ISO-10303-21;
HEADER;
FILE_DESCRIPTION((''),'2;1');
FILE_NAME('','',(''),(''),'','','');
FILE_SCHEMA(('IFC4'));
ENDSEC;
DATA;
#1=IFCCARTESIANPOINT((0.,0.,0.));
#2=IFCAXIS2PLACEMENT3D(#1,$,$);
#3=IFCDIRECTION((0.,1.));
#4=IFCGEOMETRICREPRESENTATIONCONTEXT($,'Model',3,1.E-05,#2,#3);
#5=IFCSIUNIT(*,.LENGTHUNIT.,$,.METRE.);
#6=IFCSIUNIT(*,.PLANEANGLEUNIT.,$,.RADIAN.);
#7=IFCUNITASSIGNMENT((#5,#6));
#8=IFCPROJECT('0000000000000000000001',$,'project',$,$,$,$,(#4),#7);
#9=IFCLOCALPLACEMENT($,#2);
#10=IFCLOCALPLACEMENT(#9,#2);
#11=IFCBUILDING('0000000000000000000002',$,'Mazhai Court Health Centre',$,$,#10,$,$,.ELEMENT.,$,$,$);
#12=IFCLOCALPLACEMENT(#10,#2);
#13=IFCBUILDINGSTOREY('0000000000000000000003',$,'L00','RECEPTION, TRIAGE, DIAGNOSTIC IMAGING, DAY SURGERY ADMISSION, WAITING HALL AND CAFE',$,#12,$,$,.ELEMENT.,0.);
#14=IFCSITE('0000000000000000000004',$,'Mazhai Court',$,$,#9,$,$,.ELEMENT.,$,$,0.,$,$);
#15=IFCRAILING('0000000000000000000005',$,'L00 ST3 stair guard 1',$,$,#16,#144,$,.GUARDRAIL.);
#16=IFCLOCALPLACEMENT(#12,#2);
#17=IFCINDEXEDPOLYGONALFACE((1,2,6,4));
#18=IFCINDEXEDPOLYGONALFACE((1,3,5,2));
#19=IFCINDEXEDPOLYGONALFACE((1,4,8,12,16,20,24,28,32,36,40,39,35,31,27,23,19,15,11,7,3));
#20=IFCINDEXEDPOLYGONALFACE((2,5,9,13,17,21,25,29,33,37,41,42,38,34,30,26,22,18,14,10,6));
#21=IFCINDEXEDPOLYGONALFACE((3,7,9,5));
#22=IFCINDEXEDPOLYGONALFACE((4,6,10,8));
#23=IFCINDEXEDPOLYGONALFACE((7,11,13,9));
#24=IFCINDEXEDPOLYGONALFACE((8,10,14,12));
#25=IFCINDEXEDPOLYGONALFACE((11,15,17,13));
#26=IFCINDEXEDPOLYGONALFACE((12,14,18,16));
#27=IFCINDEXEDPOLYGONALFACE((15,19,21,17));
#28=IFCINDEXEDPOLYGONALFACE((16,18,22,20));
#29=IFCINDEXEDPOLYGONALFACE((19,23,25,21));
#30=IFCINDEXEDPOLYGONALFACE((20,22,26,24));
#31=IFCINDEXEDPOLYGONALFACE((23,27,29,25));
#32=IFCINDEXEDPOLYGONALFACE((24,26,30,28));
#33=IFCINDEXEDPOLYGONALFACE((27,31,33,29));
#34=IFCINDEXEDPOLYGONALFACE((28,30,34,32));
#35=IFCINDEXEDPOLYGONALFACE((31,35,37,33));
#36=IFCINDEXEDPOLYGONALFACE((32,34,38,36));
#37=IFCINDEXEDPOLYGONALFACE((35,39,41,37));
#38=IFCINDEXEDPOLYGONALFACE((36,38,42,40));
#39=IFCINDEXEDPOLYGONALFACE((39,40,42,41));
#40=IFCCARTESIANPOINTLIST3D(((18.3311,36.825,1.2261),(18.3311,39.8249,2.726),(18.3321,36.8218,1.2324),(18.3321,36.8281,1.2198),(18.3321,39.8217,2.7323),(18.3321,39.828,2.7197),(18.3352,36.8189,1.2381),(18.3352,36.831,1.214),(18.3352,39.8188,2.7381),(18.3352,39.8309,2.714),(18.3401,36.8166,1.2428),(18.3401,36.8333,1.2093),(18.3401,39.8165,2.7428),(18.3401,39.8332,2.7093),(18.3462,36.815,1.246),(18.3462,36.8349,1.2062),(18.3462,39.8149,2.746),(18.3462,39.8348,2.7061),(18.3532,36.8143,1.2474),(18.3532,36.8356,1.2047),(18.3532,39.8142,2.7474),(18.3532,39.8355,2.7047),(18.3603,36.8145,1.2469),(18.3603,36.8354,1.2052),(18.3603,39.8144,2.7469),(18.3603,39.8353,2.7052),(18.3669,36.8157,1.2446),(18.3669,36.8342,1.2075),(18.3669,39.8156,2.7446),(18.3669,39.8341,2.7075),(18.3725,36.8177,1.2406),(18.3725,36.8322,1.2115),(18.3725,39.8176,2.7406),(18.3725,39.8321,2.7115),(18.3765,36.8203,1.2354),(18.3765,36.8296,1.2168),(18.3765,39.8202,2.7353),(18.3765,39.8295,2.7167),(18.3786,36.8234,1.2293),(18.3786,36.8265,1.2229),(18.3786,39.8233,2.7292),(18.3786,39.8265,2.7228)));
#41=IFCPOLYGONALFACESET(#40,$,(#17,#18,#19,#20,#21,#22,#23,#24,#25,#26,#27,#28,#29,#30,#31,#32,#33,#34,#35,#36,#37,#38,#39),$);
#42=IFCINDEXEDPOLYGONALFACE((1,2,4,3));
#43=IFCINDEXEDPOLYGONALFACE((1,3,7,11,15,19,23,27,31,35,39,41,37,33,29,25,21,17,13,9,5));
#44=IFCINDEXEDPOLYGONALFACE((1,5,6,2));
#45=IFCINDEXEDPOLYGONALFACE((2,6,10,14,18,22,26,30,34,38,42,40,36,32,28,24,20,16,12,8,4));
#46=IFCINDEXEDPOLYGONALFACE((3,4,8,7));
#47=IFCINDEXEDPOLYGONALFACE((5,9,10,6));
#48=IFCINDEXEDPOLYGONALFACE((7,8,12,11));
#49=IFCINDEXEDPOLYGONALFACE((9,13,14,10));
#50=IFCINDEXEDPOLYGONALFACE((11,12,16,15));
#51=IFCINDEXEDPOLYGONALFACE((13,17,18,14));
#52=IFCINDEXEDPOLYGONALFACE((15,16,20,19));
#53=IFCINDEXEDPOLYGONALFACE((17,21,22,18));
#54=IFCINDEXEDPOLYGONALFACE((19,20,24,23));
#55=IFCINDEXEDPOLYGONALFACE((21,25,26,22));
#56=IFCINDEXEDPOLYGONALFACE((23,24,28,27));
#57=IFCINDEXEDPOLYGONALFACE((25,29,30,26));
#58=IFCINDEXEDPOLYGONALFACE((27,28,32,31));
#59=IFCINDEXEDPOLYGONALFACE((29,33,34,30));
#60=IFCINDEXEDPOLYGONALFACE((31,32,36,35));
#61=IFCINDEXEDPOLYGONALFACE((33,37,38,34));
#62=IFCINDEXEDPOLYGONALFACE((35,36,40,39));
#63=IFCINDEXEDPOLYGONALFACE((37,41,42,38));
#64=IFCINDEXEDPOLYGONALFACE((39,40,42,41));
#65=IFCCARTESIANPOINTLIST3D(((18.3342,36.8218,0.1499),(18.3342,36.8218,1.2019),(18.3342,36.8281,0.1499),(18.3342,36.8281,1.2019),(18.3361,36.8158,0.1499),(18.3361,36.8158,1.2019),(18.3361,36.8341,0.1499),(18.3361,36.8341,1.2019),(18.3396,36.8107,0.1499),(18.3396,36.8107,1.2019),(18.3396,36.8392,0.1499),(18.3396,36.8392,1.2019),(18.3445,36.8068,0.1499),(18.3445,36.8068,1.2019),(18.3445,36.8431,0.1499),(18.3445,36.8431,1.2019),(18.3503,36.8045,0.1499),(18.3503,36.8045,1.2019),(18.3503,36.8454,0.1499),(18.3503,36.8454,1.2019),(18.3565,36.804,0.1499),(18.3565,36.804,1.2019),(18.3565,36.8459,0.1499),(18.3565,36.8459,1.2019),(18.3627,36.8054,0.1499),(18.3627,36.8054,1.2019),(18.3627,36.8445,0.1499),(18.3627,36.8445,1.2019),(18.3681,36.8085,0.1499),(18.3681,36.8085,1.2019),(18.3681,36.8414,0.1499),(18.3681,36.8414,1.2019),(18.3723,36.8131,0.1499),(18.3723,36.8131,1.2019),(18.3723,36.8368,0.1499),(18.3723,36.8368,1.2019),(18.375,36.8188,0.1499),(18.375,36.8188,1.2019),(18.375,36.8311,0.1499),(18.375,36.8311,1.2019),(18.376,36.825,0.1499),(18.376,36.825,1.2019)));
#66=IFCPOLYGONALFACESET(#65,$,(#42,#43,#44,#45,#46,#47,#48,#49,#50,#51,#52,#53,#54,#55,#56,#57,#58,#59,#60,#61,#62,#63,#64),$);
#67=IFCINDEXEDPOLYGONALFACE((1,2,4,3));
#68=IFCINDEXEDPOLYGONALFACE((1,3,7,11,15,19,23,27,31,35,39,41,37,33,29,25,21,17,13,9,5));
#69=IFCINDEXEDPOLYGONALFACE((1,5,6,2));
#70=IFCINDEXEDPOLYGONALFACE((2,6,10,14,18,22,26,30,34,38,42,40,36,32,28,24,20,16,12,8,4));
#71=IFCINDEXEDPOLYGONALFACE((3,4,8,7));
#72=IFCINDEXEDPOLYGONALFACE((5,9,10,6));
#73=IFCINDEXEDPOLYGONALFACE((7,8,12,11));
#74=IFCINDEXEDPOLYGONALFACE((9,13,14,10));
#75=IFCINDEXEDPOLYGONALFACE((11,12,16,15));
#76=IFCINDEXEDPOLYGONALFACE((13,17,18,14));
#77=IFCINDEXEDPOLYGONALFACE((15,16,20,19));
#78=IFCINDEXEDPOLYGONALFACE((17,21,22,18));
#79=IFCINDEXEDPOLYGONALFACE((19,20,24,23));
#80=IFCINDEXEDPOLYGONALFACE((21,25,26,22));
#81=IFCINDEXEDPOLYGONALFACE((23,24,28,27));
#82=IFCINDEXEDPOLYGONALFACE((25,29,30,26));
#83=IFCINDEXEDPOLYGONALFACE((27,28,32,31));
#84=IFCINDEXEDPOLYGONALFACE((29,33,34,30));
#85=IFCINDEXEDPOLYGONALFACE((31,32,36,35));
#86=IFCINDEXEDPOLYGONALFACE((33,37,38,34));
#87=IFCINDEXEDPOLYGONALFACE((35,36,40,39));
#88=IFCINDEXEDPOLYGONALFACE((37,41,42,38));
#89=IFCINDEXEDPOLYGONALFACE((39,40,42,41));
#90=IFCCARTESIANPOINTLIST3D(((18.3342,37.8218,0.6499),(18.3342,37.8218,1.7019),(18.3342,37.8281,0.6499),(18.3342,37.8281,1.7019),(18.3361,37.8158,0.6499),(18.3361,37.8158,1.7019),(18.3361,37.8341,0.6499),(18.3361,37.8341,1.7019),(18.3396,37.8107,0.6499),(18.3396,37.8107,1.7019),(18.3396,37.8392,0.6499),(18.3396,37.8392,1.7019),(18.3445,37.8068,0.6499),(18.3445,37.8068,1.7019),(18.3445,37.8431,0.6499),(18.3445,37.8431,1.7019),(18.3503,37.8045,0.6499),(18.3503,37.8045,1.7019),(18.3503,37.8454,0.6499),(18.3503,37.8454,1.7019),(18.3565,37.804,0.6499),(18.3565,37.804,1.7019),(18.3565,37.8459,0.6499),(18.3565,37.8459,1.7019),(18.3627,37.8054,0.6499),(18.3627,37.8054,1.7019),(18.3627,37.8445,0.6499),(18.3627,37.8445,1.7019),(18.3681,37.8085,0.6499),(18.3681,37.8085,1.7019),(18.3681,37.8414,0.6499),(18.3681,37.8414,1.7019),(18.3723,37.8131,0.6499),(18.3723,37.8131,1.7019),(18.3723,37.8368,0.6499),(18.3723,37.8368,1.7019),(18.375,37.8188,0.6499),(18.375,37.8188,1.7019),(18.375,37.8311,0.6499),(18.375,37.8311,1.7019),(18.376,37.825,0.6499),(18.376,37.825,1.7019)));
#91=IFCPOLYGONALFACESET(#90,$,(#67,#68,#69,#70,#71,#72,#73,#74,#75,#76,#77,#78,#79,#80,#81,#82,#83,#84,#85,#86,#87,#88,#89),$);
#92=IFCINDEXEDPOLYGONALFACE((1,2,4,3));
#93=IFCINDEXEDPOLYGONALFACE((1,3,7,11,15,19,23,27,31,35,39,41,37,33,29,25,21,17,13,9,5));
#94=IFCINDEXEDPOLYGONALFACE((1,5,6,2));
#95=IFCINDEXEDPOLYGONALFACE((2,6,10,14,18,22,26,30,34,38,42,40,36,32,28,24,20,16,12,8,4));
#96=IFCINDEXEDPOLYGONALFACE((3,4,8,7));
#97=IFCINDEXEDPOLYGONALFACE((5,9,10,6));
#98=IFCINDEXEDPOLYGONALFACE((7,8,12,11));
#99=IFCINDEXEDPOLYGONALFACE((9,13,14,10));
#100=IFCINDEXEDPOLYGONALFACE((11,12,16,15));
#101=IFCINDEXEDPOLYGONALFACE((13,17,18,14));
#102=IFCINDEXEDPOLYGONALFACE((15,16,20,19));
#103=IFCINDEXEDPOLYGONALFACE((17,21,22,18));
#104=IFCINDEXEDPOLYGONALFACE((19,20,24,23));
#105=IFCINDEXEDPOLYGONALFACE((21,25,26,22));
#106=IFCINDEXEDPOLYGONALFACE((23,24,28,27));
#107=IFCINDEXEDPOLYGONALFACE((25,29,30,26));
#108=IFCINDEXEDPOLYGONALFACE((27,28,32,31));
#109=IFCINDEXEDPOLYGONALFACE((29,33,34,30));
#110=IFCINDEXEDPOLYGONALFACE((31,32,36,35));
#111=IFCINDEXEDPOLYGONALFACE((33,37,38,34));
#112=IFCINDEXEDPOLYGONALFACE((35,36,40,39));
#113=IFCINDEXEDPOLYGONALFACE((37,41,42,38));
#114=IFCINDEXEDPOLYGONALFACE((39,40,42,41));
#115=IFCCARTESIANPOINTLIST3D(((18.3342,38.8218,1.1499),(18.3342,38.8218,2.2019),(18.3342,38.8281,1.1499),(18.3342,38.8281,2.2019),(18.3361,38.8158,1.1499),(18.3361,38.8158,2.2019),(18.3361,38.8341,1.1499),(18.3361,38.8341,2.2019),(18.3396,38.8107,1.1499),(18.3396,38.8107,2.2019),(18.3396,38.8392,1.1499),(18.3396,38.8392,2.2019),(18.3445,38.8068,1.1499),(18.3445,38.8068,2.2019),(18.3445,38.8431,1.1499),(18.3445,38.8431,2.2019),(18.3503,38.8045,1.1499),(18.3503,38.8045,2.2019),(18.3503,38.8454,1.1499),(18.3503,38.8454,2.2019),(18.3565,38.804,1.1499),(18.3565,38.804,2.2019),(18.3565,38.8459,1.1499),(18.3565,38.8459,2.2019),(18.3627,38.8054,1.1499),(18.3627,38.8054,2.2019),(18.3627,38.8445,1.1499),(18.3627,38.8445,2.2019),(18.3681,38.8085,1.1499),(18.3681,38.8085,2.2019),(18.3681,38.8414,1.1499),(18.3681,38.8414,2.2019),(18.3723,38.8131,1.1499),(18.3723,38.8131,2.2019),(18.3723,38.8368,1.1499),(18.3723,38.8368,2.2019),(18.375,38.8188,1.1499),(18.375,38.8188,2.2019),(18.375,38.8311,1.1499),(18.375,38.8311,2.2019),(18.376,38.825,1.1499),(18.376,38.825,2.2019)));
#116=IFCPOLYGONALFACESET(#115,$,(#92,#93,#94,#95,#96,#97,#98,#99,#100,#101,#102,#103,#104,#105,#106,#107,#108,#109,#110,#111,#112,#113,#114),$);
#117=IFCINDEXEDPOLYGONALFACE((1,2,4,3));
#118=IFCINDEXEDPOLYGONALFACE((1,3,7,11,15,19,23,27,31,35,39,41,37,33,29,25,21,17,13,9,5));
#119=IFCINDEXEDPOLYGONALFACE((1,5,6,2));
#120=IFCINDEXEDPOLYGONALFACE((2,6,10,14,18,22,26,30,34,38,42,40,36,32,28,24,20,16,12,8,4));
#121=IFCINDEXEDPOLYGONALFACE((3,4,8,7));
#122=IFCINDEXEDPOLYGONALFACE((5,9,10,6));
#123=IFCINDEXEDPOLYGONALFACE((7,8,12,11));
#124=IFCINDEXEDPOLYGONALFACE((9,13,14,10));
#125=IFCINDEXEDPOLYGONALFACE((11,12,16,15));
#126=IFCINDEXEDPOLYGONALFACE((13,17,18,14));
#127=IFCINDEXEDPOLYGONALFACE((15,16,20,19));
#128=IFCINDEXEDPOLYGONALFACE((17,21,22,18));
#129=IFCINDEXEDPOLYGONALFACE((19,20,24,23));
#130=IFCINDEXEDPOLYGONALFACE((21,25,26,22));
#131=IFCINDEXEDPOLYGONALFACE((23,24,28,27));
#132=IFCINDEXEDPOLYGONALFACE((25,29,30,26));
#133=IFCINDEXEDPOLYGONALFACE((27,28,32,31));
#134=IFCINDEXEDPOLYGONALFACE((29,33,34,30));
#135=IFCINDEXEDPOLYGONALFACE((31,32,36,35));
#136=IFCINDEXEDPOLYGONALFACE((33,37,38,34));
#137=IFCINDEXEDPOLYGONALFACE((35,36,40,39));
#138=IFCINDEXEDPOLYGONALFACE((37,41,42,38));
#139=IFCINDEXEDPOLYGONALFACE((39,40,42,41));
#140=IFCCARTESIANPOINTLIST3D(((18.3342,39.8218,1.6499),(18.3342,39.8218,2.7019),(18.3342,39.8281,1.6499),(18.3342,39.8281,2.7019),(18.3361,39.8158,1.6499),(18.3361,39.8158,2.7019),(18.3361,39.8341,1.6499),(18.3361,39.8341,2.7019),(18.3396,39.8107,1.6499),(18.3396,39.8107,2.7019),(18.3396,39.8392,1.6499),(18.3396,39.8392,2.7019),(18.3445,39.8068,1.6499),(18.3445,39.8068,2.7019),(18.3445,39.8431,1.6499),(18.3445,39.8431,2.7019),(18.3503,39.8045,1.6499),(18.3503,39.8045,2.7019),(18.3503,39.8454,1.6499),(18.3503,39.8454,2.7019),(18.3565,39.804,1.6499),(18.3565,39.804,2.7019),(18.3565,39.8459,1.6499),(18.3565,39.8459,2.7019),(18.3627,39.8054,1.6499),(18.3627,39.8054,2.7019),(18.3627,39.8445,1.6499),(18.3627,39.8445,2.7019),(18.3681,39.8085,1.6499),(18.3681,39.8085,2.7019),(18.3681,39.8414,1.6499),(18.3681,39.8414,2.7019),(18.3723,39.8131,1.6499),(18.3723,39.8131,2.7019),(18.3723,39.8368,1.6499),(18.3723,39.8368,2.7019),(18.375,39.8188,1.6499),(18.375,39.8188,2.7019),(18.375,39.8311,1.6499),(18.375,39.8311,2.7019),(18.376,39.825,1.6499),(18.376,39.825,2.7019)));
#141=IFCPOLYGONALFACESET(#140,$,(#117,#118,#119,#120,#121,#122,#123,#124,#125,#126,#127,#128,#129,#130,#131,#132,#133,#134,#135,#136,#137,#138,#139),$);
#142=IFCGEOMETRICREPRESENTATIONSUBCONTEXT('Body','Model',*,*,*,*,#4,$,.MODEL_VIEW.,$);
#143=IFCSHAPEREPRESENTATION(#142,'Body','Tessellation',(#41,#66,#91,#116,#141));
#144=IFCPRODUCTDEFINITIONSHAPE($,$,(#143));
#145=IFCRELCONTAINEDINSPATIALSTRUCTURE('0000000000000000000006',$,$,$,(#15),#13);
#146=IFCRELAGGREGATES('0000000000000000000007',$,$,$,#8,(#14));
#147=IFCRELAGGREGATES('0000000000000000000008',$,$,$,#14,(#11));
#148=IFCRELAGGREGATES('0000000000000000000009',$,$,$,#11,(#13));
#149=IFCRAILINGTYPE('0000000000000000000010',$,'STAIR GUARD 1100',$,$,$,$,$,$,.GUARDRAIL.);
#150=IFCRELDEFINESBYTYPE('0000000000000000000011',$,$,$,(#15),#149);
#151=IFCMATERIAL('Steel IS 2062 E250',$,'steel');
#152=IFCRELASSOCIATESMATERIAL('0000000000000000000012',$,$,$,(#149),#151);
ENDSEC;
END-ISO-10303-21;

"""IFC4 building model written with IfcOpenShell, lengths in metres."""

from ifc_helpers import new_model, si_unit, direction, frame, origin, origin_2d, place, context, subcontext, project, spatial, circle, extrude, material, type_object, element, save


model = new_model("IFC4")

# Units and contexts
model_context = context("Model", 3, precision=1e-05, world=origin(), true_north=direction((0.0, 1.0)))
body_context = subcontext(model_context, "Body", "Model", "MODEL_VIEW")
ifc_project = project(units=[si_unit("LENGTHUNIT", "METRE"), si_unit("PLANEANGLEUNIT", "RADIAN")], contexts=[model_context])

# Site, building, storey
site_placement = place(None, origin())
site = spatial("IfcSite", under=ifc_project, at=site_placement, Name="Mazhai Court", CompositionType="ELEMENT", RefElevation=0.0)
building_placement = place(site_placement, origin())
building = spatial("IfcBuilding", under=site, at=building_placement, Name="Mazhai Court Health Centre", CompositionType="ELEMENT")
storey_placement = place(building_placement, origin())
storey = spatial("IfcBuildingStorey", under=building, at=storey_placement, Name="L00", Description="RECEPTION, TRIAGE, DIAGNOSTIC IMAGING, DAY SURGERY ADMISSION, WAITING HALL AND CAFE", CompositionType="ELEMENT", Elevation=0.0)

# Railing
ifc_material_1 = material(Name="Steel IS 2062 E250", Category="steel")
railing_type = type_object("IfcRailingType", Name="STAIR GUARD 1100", PredefinedType="GUARDRAIL", material=ifc_material_1)
railing_1_placement = place(storey_placement, frame((18.355, 36.825, 0.1499)))
element("IfcRailing", 1, at=railing_1_placement, inside=storey, type_object=railing_type, Name="L00 ST3 stair guard 1", PredefinedType="GUARDRAIL", context=body_context, shape_type="SweptSolid", body=[
    extrude(circle(Radius=0.0239, at=origin_2d()), frame((0.0, 0.0, 1.0762), z_axis=(0.0, 0.894427, 0.447214), x_axis=(-1.0, 0.0, 0.0)), (0.0, 0.0, 1.0), 3.354),
    extrude(circle(Radius=0.021, at=origin_2d()), origin(), (0.0, 0.0, 1.0), 1.052),
    extrude(circle(Radius=0.021, at=origin_2d()), frame((0.0, 1.0, 0.5)), (0.0, 0.0, 1.0), 1.052),
    extrude(circle(Radius=0.021, at=origin_2d()), frame((0.0, 2.0, 1.0)), (0.0, 0.0, 1.0), 1.052),
    extrude(circle(Radius=0.021, at=origin_2d()), frame((0.0, 3.0, 1.5)), (0.0, 0.0, 1.0), 1.052),
])

save(model, "model.ifc")
